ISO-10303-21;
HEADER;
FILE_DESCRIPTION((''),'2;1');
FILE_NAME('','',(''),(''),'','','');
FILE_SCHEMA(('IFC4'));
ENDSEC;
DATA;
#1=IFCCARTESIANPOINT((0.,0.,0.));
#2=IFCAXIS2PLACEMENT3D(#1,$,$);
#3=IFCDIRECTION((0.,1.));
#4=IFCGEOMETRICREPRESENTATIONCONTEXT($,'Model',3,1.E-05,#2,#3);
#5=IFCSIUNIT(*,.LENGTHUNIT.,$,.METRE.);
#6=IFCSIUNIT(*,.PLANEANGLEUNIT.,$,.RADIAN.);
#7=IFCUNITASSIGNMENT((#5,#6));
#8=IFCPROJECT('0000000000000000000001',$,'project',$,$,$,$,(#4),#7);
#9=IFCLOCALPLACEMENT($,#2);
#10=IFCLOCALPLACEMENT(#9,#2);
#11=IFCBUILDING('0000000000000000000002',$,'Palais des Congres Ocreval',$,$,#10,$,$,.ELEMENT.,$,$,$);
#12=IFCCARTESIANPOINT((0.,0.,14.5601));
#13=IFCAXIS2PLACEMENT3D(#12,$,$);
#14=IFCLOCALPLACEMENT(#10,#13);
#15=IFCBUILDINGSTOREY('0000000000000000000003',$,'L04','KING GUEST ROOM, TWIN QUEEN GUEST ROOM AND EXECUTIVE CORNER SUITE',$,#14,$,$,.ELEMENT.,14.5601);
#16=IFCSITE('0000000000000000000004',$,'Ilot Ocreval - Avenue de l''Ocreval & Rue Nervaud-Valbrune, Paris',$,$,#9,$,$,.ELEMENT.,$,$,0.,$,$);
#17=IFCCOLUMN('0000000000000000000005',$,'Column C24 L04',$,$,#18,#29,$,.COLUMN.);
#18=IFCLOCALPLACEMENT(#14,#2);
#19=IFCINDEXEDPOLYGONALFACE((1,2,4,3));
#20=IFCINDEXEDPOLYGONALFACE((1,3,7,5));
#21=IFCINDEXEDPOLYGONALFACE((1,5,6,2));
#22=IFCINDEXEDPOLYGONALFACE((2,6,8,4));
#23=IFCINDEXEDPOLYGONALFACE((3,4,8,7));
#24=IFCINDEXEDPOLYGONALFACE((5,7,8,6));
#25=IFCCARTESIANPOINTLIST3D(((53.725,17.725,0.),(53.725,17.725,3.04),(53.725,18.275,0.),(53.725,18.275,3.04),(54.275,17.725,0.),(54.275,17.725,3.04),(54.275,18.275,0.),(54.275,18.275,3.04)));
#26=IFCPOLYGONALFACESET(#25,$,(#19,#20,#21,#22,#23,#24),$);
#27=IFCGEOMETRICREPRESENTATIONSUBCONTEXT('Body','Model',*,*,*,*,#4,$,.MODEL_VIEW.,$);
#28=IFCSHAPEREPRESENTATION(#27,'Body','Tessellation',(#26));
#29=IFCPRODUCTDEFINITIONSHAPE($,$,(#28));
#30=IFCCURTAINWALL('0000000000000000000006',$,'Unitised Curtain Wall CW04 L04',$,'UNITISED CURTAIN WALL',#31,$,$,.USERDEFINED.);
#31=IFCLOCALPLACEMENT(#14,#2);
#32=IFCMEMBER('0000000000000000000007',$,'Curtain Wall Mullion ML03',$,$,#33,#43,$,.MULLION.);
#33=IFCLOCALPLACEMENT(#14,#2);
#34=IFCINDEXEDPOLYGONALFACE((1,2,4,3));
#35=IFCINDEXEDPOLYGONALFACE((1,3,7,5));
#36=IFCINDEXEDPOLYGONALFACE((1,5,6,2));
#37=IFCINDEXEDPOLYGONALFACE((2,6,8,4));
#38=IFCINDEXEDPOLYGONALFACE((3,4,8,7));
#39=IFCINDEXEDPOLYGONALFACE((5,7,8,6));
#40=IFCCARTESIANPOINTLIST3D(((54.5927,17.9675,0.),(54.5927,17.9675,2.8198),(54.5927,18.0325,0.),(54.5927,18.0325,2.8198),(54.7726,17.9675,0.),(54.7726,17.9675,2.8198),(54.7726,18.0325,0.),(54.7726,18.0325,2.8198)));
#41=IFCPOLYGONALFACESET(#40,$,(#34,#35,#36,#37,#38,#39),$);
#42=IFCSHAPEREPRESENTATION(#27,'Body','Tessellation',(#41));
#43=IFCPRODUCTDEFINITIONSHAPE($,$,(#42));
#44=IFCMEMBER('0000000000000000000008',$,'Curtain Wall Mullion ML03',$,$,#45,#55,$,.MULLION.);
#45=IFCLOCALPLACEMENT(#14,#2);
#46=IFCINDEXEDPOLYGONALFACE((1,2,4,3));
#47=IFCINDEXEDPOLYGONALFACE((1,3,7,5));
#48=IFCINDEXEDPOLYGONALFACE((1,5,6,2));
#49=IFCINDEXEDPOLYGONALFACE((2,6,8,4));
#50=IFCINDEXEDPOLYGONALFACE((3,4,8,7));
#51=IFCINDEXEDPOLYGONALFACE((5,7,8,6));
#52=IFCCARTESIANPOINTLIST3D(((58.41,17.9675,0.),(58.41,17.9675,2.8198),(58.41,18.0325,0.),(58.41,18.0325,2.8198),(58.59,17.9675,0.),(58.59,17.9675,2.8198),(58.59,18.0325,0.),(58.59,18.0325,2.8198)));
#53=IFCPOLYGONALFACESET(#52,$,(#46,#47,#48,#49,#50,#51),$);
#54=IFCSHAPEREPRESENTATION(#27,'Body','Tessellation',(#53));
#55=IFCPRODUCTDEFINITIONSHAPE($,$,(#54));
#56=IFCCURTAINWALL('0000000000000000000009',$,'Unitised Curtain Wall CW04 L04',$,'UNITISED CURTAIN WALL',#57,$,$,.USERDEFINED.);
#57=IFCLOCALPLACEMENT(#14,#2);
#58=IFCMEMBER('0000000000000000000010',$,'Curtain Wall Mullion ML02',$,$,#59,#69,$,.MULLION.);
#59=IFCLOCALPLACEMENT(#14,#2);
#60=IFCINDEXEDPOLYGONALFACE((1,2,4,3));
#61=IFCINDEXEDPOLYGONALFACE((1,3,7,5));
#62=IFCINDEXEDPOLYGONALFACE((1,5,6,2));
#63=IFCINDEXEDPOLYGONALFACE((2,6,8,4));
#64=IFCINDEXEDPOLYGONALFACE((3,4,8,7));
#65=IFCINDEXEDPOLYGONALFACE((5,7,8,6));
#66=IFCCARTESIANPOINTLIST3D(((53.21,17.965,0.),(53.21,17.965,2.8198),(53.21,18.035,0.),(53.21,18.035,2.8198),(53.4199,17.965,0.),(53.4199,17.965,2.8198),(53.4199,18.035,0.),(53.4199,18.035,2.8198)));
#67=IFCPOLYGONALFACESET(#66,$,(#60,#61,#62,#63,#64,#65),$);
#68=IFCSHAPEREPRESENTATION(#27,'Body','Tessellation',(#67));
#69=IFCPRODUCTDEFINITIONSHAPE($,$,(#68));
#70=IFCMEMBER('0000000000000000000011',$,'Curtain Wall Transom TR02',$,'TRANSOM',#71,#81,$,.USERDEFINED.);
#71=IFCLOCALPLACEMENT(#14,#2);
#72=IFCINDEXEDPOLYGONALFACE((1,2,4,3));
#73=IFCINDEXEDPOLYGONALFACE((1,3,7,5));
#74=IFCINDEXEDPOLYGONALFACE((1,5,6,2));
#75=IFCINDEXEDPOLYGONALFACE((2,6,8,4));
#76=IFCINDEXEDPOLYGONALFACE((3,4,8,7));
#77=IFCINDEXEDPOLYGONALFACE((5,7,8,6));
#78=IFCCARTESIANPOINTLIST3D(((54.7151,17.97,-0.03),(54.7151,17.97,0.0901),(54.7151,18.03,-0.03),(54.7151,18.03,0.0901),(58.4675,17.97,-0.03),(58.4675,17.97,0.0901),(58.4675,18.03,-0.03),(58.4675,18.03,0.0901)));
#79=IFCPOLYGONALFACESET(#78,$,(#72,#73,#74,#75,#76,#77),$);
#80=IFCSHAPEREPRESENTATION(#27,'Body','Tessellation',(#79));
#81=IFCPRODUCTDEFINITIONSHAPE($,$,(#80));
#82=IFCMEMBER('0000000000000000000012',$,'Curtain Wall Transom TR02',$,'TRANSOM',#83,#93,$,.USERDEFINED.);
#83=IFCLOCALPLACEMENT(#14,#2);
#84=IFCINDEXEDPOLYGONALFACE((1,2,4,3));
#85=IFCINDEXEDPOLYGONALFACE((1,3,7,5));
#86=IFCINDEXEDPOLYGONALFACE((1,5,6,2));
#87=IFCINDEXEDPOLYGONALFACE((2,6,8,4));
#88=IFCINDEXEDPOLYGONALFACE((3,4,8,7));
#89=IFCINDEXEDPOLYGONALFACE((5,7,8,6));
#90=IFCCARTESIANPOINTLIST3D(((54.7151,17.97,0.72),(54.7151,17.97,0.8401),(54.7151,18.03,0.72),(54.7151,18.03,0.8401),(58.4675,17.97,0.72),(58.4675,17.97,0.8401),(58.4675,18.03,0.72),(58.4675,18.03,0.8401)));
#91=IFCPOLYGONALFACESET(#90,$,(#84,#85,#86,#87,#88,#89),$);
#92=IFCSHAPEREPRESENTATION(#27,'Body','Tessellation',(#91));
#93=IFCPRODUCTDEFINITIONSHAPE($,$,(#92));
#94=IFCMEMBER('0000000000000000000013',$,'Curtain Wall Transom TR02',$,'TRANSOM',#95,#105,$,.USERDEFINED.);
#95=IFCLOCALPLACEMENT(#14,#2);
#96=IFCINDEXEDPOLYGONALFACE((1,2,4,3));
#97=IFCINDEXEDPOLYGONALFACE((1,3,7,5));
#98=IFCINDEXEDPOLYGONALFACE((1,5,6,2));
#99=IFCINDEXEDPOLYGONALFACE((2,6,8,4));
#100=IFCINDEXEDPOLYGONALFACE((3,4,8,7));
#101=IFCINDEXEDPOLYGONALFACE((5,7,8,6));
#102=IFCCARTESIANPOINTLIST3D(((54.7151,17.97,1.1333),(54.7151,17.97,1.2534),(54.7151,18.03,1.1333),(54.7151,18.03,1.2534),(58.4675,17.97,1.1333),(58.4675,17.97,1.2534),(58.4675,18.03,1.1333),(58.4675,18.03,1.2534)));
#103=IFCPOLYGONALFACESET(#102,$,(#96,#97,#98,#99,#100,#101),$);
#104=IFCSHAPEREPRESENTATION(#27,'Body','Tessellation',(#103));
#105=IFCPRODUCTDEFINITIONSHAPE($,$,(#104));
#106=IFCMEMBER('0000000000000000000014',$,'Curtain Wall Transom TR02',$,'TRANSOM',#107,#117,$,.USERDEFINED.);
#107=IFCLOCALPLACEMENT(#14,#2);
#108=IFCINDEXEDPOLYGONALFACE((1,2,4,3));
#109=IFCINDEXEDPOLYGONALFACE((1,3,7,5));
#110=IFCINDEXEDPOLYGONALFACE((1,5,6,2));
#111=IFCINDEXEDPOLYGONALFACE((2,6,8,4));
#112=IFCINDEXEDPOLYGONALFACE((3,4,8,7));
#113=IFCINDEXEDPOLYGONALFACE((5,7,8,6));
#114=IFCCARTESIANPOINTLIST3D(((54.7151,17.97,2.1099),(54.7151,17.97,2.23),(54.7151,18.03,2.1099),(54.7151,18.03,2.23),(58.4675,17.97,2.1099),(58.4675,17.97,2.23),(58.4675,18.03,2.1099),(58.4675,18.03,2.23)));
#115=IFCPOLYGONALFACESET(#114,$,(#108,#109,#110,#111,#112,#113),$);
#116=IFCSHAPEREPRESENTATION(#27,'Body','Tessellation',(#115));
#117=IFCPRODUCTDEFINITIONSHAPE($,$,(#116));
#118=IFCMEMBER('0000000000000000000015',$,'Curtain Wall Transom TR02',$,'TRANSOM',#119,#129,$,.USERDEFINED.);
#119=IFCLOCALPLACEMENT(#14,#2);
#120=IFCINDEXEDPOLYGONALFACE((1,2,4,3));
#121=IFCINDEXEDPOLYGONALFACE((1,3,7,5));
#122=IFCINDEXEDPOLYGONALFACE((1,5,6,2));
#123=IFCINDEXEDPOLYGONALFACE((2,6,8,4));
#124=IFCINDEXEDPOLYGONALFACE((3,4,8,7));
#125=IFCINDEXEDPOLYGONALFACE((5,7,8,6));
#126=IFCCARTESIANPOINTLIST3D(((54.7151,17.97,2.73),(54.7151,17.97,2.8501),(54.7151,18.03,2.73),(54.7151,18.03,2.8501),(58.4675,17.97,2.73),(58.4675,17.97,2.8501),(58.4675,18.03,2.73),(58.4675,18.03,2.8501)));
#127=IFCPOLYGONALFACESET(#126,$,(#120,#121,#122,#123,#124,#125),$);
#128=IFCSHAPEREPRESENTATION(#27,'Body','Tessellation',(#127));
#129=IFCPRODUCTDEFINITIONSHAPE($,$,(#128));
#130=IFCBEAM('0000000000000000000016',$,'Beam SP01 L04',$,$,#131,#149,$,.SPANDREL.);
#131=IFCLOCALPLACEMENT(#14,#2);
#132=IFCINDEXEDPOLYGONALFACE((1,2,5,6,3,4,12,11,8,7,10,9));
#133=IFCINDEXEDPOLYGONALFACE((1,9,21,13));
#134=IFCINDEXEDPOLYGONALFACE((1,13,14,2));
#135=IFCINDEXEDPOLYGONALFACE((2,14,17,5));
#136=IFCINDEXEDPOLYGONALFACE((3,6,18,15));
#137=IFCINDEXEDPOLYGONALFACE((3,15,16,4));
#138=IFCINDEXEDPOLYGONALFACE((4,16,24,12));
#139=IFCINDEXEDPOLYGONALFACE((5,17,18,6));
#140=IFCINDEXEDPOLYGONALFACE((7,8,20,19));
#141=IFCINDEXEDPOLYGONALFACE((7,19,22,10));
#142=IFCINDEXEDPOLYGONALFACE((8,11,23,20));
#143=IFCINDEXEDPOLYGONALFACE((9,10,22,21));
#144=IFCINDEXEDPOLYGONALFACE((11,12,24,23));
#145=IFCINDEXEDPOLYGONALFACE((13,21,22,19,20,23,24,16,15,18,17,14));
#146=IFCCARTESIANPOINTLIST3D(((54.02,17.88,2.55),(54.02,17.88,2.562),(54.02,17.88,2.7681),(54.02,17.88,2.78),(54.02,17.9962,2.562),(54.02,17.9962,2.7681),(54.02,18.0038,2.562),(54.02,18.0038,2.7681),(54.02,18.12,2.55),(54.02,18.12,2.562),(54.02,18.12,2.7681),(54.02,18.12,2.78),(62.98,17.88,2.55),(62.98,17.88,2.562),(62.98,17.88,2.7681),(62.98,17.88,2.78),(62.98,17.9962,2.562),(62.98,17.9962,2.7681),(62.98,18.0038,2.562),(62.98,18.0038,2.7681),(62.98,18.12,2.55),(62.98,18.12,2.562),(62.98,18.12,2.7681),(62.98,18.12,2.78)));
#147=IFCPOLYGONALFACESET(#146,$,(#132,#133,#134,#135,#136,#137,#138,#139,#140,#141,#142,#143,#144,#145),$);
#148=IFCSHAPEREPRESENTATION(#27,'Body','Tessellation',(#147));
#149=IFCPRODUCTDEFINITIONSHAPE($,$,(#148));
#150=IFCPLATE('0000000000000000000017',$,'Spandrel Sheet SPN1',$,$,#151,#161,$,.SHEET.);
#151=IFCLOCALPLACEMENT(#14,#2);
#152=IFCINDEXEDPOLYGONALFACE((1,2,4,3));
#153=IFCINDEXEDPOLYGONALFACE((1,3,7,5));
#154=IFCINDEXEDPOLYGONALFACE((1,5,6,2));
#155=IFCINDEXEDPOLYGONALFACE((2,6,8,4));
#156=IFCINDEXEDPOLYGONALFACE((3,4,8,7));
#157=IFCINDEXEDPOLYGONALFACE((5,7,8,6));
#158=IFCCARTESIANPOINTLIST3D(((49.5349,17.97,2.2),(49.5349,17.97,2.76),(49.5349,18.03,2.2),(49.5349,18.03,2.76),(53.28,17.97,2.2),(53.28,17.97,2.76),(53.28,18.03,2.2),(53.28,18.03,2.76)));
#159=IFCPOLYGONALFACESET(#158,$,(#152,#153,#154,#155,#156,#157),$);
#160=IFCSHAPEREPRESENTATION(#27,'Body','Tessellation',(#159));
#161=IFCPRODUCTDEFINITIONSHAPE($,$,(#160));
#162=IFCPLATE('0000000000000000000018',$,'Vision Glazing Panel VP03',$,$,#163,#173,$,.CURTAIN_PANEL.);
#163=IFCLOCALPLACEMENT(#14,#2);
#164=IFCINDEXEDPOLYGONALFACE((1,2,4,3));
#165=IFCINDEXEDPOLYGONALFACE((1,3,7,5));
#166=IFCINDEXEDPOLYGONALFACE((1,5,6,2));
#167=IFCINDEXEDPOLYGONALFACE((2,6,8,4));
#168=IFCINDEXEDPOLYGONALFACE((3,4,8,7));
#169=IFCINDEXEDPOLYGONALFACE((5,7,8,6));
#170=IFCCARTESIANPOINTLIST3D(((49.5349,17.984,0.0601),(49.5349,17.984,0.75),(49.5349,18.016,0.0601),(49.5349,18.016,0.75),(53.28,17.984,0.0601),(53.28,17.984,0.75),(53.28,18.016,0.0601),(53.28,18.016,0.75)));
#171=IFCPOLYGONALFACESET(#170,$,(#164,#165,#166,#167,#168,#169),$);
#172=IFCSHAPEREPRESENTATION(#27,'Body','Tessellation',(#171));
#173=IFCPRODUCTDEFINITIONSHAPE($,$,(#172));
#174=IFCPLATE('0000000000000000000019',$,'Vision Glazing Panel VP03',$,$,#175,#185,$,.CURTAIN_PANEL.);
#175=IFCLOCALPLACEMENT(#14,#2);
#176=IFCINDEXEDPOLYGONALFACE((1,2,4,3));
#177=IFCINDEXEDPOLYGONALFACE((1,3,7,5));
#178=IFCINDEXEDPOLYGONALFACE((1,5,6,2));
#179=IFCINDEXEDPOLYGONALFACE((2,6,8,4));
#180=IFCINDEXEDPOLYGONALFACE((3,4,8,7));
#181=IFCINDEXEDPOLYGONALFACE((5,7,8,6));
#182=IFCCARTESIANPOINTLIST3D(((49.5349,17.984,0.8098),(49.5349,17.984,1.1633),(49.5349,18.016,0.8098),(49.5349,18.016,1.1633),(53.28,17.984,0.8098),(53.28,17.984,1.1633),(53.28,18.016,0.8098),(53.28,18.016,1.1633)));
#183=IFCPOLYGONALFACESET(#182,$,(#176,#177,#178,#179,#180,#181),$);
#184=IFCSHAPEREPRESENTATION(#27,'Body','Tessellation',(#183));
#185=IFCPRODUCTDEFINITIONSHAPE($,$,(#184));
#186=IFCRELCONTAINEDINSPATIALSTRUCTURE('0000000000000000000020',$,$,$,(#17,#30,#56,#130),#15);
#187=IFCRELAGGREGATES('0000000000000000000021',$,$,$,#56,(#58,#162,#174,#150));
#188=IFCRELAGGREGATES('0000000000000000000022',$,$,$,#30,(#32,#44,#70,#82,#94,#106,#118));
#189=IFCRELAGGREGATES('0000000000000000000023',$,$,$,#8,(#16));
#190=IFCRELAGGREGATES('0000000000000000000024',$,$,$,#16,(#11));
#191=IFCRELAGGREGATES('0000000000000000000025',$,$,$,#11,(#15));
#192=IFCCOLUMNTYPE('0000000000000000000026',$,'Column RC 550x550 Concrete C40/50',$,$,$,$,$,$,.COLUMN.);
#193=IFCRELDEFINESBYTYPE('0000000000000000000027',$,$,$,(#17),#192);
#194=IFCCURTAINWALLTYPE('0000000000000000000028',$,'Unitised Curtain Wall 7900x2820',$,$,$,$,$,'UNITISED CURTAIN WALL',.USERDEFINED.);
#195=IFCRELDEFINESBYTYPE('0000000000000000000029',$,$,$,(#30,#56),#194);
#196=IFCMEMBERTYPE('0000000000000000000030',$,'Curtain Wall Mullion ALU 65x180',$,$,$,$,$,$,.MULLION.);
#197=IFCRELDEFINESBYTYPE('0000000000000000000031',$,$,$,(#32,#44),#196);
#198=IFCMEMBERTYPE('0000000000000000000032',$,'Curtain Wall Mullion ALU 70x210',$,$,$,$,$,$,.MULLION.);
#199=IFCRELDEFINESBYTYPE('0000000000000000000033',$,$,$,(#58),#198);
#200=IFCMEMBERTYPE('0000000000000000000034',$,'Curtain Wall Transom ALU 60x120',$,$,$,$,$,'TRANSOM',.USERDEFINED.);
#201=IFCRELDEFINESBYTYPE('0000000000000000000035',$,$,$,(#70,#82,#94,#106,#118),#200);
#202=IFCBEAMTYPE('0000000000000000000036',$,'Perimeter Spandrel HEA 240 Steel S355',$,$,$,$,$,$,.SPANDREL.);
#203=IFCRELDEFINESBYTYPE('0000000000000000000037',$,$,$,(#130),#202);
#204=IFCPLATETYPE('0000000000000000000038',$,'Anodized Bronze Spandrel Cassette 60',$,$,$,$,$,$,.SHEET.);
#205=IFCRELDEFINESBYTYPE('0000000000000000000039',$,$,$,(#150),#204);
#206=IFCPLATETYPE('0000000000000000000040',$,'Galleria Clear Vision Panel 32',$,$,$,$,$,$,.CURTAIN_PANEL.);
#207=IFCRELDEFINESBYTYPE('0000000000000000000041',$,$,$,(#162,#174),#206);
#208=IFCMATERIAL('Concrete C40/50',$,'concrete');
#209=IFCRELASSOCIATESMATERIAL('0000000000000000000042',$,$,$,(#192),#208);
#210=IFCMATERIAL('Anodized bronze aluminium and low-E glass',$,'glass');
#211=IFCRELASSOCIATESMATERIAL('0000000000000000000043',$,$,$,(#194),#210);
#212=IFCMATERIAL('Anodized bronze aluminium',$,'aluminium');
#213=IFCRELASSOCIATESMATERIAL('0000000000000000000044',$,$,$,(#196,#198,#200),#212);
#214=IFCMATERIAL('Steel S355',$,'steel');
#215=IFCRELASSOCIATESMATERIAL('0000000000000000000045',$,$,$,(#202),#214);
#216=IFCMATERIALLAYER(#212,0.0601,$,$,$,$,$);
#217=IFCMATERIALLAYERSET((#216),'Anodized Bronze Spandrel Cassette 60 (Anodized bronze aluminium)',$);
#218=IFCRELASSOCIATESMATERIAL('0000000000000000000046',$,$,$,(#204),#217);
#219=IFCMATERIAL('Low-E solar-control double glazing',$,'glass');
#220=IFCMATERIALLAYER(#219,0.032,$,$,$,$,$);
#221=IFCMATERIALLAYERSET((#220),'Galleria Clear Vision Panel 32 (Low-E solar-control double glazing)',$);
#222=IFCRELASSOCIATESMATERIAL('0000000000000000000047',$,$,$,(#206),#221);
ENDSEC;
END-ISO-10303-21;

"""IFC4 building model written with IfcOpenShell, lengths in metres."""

from ifc_helpers import new_model, si_unit, direction, frame, origin, origin_2d, place, context, subcontext, project, spatial, rectangle, i_section, extrude, material, layer, layer_set, material_profile, profile_set, type_object, element, aggregate, save


model = new_model("IFC4")

# Units and contexts
model_context = context("Model", 3, precision=1e-05, world=origin(), true_north=direction((0.0, 1.0)))
body_context = subcontext(model_context, "Body", "Model", "MODEL_VIEW")
ifc_project = project(units=[si_unit("LENGTHUNIT", "METRE"), si_unit("PLANEANGLEUNIT", "RADIAN")], contexts=[model_context])

# Site, building, storey
site_placement = place(None, origin())
site = spatial("IfcSite", under=ifc_project, at=site_placement, Name="Ilot Ocreval - Avenue de l'Ocreval & Rue Nervaud-Valbrune, Paris", CompositionType="ELEMENT", RefElevation=0.0)
building_placement = place(site_placement, origin())
building = spatial("IfcBuilding", under=site, at=building_placement, Name="Palais des Congres Ocreval", CompositionType="ELEMENT")
storey_placement = place(building_placement, frame((0.0, 0.0, 14.5601)))
storey = spatial("IfcBuildingStorey", under=building, at=storey_placement, Name="L04", Description="KING GUEST ROOM, TWIN QUEEN GUEST ROOM AND EXECUTIVE CORNER SUITE", CompositionType="ELEMENT", Elevation=14.5601)

# Column
ifc_material_1 = material(Name="Concrete C40/50", Category="concrete")
ifc_material_profile_1 = material_profile(ifc_material_1, rectangle(XDim=0.55, YDim=0.55, at=origin_2d()), Name="RC 550x550")
ifc_profile_set_1 = profile_set([ifc_material_profile_1], Name="Concrete C40/50")
column_type = type_object("IfcColumnType", Name="Column RC 550x550 Concrete C40/50", PredefinedType="COLUMN", material=ifc_profile_set_1)
column_placement = place(storey_placement, frame((54.0, 18.0, 0.0), z_axis=(0.0, 0.0, 1.0), x_axis=(1.0, 0.0, 0.0)))
element("IfcColumn", 1, at=column_placement, inside=storey, type_object=column_type, Name="Column C24 L04", PredefinedType="COLUMN", context=body_context, shape_type="SweptSolid", body=[
    extrude(rectangle(XDim=0.55, YDim=0.55, at=origin_2d()), origin(), (0.0, 0.0, 1.0), 3.04),
])

# Curtain wall, members
ifc_material_2 = material(Name="Anodized bronze aluminium and low-E glass", Category="glass")
curtain_wall_type = type_object("IfcCurtainWallType", Name="Unitised Curtain Wall 7900x2820", ElementType="UNITISED CURTAIN WALL", PredefinedType="USERDEFINED", material=ifc_material_2)
curtain_wall_1_placement = place(storey_placement, origin())
curtain_wall_1 = element("IfcCurtainWall", 2, at=curtain_wall_1_placement, inside=storey, type_object=curtain_wall_type, Name="Unitised Curtain Wall CW04 L04", ObjectType="UNITISED CURTAIN WALL", PredefinedType="USERDEFINED")
ifc_material_3 = material(Name="Anodized bronze aluminium", Category="aluminium")
ifc_material_profile_2 = material_profile(ifc_material_3, rectangle(XDim=0.0649, YDim=0.1799, at=origin_2d()), Name="ALU 65x180")
ifc_profile_set_2 = profile_set([ifc_material_profile_2], Name="Anodized bronze aluminium")
member_type_1 = type_object("IfcMemberType", Name="Curtain Wall Mullion ALU 65x180", PredefinedType="MULLION", material=ifc_profile_set_2)
member_1_placement = place(storey_placement, frame((54.6826, 18.0, 0.0), z_axis=(0.0, 0.0, 1.0), x_axis=(0.0, 1.0, 0.0)))
member_1 = element("IfcMember", 3, at=member_1_placement, type_object=member_type_1, Name="Curtain Wall Mullion ML03", PredefinedType="MULLION", context=body_context, shape_type="SweptSolid", body=[
    extrude(rectangle(XDim=0.0649, YDim=0.1799, at=origin_2d()), origin(), (0.0, 0.0, 1.0), 2.8198),
])
member_2_placement = place(storey_placement, frame((58.5, 18.0, 0.0), z_axis=(0.0, 0.0, 1.0), x_axis=(0.0, 1.0, 0.0)))
member_2 = element("IfcMember", 4, at=member_2_placement, type_object=member_type_1, Name="Curtain Wall Mullion ML03", PredefinedType="MULLION", context=body_context, shape_type="SweptSolid", body=[
    extrude(rectangle(XDim=0.0649, YDim=0.1799, at=origin_2d()), origin(), (0.0, 0.0, 1.0), 2.8198),
])

# Curtain wall, member
curtain_wall_2_placement = place(storey_placement, origin())
curtain_wall_2 = element("IfcCurtainWall", 5, at=curtain_wall_2_placement, inside=storey, type_object=curtain_wall_type, Name="Unitised Curtain Wall CW04 L04", ObjectType="UNITISED CURTAIN WALL", PredefinedType="USERDEFINED")
ifc_material_profile_3 = material_profile(ifc_material_3, rectangle(XDim=0.0701, YDim=0.21, at=origin_2d()), Name="ALU 70x210")
ifc_profile_set_3 = profile_set([ifc_material_profile_3], Name="Anodized bronze aluminium")
member_type_2 = type_object("IfcMemberType", Name="Curtain Wall Mullion ALU 70x210", PredefinedType="MULLION", material=ifc_profile_set_3)
member_3_placement = place(storey_placement, frame((53.3149, 18.0, 0.0), z_axis=(0.0, 0.0, 1.0), x_axis=(0.0, 1.0, 0.0)))
member_3 = element("IfcMember", 6, at=member_3_placement, type_object=member_type_2, Name="Curtain Wall Mullion ML02", PredefinedType="MULLION", context=body_context, shape_type="SweptSolid", body=[
    extrude(rectangle(XDim=0.0701, YDim=0.21, at=origin_2d()), origin(), (0.0, 0.0, 1.0), 2.8198),
])

# Members
ifc_material_profile_4 = material_profile(ifc_material_3, rectangle(XDim=0.0601, YDim=0.1201, at=origin_2d()), Name="ALU 60x120")
ifc_profile_set_4 = profile_set([ifc_material_profile_4], Name="Anodized bronze aluminium")
member_type_3 = type_object("IfcMemberType", Name="Curtain Wall Transom ALU 60x120", ElementType="TRANSOM", PredefinedType="USERDEFINED", material=ifc_profile_set_4)
member_4_placement = place(storey_placement, frame((54.7151, 18.0, 0.03), z_axis=(1.0, 0.0, 0.0), x_axis=(0.0, 1.0, 0.0)))
member_4 = element("IfcMember", 7, at=member_4_placement, type_object=member_type_3, Name="Curtain Wall Transom TR02", ObjectType="TRANSOM", PredefinedType="USERDEFINED", context=body_context, shape_type="SweptSolid", body=[
    extrude(rectangle(XDim=0.0601, YDim=0.1201, at=origin_2d()), origin(), (0.0, 0.0, 1.0), 3.7524),
])
member_5_placement = place(storey_placement, frame((54.7151, 18.0, 0.78), z_axis=(1.0, 0.0, 0.0), x_axis=(0.0, 1.0, 0.0)))
member_5 = element("IfcMember", 8, at=member_5_placement, type_object=member_type_3, Name="Curtain Wall Transom TR02", ObjectType="TRANSOM", PredefinedType="USERDEFINED", context=body_context, shape_type="SweptSolid", body=[
    extrude(rectangle(XDim=0.0601, YDim=0.1201, at=origin_2d()), origin(), (0.0, 0.0, 1.0), 3.7524),
])
member_6_placement = place(storey_placement, frame((54.7151, 18.0, 1.1934), z_axis=(1.0, 0.0, 0.0), x_axis=(0.0, 1.0, 0.0)))
member_6 = element("IfcMember", 9, at=member_6_placement, type_object=member_type_3, Name="Curtain Wall Transom TR02", ObjectType="TRANSOM", PredefinedType="USERDEFINED", context=body_context, shape_type="SweptSolid", body=[
    extrude(rectangle(XDim=0.0601, YDim=0.1201, at=origin_2d()), origin(), (0.0, 0.0, 1.0), 3.7524),
])
member_7_placement = place(storey_placement, frame((54.7151, 18.0, 2.1699), z_axis=(1.0, 0.0, 0.0), x_axis=(0.0, 1.0, 0.0)))
member_7 = element("IfcMember", 10, at=member_7_placement, type_object=member_type_3, Name="Curtain Wall Transom TR02", ObjectType="TRANSOM", PredefinedType="USERDEFINED", context=body_context, shape_type="SweptSolid", body=[
    extrude(rectangle(XDim=0.0601, YDim=0.1201, at=origin_2d()), origin(), (0.0, 0.0, 1.0), 3.7524),
])
member_8_placement = place(storey_placement, frame((54.7151, 18.0, 2.79), z_axis=(1.0, 0.0, 0.0), x_axis=(0.0, 1.0, 0.0)))
member_8 = element("IfcMember", 11, at=member_8_placement, type_object=member_type_3, Name="Curtain Wall Transom TR02", ObjectType="TRANSOM", PredefinedType="USERDEFINED", context=body_context, shape_type="SweptSolid", body=[
    extrude(rectangle(XDim=0.0601, YDim=0.1201, at=origin_2d()), origin(), (0.0, 0.0, 1.0), 3.7524),
])

# Beam
ifc_material_4 = material(Name="Steel S355", Category="steel")
ifc_material_profile_5 = material_profile(ifc_material_4, i_section(OverallWidth=0.24, OverallDepth=0.23, WebThickness=0.0076, FlangeThickness=0.012, at=origin_2d()), Name="HEA 240")
ifc_profile_set_5 = profile_set([ifc_material_profile_5], Name="Steel S355")
beam_type = type_object("IfcBeamType", Name="Perimeter Spandrel HEA 240 Steel S355", PredefinedType="SPANDREL", material=ifc_profile_set_5)
beam_placement = place(storey_placement, frame((54.02, 18.0, 2.665), z_axis=(1.0, 0.0, 0.0), x_axis=(0.0, 1.0, 0.0)))
element("IfcBeam", 12, at=beam_placement, inside=storey, type_object=beam_type, Name="Beam SP01 L04", PredefinedType="SPANDREL", context=body_context, shape_type="SweptSolid", body=[
    extrude(i_section(OverallWidth=0.24, OverallDepth=0.23, WebThickness=0.0076, FlangeThickness=0.012, at=origin_2d()), origin(), (0.0, 0.0, 1.0), 8.96),
])

# Plates
ifc_layer_1 = layer(ifc_material_3, 0.0601)
ifc_layer_set_1 = layer_set([ifc_layer_1], Name="Anodized Bronze Spandrel Cassette 60 (Anodized bronze aluminium)")
plate_type_1 = type_object("IfcPlateType", Name="Anodized Bronze Spandrel Cassette 60", PredefinedType="SHEET", material=ifc_layer_set_1)
plate_1_placement = place(storey_placement, frame((51.4075, 18.0, 2.2), z_axis=(0.0, 0.0, 1.0), x_axis=(1.0, 0.0, 0.0)))
plate_1 = element("IfcPlate", 13, at=plate_1_placement, type_object=plate_type_1, Name="Spandrel Sheet SPN1", PredefinedType="SHEET", context=body_context, shape_type="SweptSolid", body=[
    extrude(rectangle(XDim=3.7451, YDim=0.0601, at=origin_2d()), origin(), (0.0, 0.0, 1.0), 0.5601),
])
ifc_material_5 = material(Name="Low-E solar-control double glazing", Category="glass")
ifc_layer_2 = layer(ifc_material_5, 0.032)
ifc_layer_set_2 = layer_set([ifc_layer_2], Name="Galleria Clear Vision Panel 32 (Low-E solar-control double glazing)")
plate_type_2 = type_object("IfcPlateType", Name="Galleria Clear Vision Panel 32", PredefinedType="CURTAIN_PANEL", material=ifc_layer_set_2)
plate_2_placement = place(storey_placement, frame((51.4075, 18.0, 0.0601), z_axis=(0.0, 0.0, 1.0), x_axis=(1.0, 0.0, 0.0)))
plate_2 = element("IfcPlate", 14, at=plate_2_placement, type_object=plate_type_2, Name="Vision Glazing Panel VP03", PredefinedType="CURTAIN_PANEL", context=body_context, shape_type="SweptSolid", body=[
    extrude(rectangle(XDim=3.7451, YDim=0.032, at=origin_2d()), origin(), (0.0, 0.0, 1.0), 0.6899),
])
plate_3_placement = place(storey_placement, frame((51.4075, 18.0, 0.8098), z_axis=(0.0, 0.0, 1.0), x_axis=(1.0, 0.0, 0.0)))
plate_3 = element("IfcPlate", 15, at=plate_3_placement, type_object=plate_type_2, Name="Vision Glazing Panel VP03", PredefinedType="CURTAIN_PANEL", context=body_context, shape_type="SweptSolid", body=[
    extrude(rectangle(XDim=3.7451, YDim=0.032, at=origin_2d()), origin(), (0.0, 0.0, 1.0), 0.3535),
])
aggregate(curtain_wall_2, [member_3, plate_2, plate_3, plate_1])
aggregate(curtain_wall_1, [member_1, member_2, member_4, member_5, member_6, member_7, member_8])

save(model, "model.ifc")
